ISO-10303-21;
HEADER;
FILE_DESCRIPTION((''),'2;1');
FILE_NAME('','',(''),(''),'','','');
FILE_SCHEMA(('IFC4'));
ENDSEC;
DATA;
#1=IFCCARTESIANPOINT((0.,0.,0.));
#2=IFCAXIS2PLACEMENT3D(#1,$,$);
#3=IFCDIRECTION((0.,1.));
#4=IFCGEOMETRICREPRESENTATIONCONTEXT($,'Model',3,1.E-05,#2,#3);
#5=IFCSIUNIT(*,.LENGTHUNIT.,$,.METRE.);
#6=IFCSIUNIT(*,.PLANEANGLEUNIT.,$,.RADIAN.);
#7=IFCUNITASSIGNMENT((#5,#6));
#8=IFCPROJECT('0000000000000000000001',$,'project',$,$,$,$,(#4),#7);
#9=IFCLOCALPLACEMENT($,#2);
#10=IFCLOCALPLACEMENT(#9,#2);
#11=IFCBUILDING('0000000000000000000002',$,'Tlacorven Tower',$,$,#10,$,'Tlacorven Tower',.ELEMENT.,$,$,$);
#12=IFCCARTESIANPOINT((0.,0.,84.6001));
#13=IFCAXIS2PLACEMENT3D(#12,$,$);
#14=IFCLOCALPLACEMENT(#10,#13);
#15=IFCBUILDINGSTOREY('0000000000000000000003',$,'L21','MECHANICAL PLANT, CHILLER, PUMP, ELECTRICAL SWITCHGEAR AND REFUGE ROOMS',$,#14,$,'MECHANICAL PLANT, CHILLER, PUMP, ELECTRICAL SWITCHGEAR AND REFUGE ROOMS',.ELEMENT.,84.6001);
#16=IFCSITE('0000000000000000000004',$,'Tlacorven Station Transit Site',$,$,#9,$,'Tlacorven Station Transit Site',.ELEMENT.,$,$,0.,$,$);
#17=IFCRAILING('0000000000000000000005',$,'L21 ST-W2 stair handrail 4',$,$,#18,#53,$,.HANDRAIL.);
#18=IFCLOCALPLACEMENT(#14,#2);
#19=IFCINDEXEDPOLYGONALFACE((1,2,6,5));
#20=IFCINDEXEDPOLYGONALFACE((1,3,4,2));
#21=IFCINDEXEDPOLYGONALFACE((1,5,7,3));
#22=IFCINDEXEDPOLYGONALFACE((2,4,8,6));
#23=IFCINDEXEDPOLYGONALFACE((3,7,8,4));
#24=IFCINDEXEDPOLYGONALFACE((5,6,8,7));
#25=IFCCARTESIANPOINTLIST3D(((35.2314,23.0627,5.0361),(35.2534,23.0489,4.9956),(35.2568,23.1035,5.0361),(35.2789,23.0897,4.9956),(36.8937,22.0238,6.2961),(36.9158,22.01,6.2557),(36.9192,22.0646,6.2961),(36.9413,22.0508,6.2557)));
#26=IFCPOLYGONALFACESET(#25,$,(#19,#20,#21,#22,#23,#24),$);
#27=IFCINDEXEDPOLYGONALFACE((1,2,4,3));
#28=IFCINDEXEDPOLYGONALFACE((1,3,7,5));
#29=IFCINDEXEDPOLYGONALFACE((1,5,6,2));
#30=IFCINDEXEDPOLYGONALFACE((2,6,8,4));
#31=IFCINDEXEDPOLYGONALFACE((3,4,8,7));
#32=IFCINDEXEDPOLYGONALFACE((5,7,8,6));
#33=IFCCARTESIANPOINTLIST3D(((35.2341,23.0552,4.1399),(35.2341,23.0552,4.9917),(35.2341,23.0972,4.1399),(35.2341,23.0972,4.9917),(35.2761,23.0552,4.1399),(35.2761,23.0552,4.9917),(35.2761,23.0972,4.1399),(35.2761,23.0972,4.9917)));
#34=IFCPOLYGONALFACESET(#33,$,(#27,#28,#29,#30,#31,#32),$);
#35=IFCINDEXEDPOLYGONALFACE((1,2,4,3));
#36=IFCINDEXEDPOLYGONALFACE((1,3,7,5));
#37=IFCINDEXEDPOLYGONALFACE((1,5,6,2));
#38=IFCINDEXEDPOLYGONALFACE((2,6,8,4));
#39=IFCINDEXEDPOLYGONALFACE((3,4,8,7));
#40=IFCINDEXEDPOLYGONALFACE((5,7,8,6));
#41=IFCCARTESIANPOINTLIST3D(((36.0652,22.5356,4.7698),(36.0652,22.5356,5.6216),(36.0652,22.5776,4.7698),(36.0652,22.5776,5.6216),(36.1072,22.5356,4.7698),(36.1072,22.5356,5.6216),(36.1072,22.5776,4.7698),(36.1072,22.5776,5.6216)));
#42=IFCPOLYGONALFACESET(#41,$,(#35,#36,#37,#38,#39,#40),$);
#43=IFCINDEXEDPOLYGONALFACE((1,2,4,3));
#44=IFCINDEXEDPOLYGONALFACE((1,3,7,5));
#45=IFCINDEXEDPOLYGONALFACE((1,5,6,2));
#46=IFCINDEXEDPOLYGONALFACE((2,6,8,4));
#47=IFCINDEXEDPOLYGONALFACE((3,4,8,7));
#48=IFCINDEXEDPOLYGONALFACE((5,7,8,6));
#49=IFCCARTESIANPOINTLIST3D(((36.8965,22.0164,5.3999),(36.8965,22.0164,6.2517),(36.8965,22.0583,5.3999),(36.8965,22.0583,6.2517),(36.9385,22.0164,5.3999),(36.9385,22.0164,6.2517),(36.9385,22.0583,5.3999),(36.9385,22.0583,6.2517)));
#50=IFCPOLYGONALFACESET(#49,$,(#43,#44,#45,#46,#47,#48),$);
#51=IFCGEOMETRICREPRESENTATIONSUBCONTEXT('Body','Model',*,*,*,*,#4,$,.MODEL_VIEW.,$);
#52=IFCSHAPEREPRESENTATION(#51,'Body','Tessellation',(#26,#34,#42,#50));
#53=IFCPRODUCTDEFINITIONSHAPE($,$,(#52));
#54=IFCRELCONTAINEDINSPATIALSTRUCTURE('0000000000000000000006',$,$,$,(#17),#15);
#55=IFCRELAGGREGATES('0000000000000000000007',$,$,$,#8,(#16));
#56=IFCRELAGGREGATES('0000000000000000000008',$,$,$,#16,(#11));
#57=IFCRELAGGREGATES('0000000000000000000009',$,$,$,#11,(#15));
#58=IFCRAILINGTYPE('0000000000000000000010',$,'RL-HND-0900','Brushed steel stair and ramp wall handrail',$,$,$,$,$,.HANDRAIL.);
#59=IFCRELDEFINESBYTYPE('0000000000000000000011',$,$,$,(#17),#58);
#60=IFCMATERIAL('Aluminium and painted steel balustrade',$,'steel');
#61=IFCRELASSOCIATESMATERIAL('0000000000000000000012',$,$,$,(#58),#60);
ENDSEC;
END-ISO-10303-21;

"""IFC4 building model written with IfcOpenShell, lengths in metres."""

from ifc_helpers import new_model, si_unit, direction, frame, origin, origin_2d, place, context, subcontext, project, spatial, rectangle, extrude, source, transform, mapped, material, type_object, element, save


model = new_model("IFC4")

# Units and contexts
model_context = context("Model", 3, precision=1e-05, world=origin(), true_north=direction((0.0, 1.0)))
body_context = subcontext(model_context, "Body", "Model", "MODEL_VIEW")
ifc_project = project(units=[si_unit("LENGTHUNIT", "METRE"), si_unit("PLANEANGLEUNIT", "RADIAN")], contexts=[model_context])

# Site, building, storey
site_placement = place(None, origin())
site = spatial("IfcSite", under=ifc_project, at=site_placement, Name="Tlacorven Station Transit Site", LongName="Tlacorven Station Transit Site", CompositionType="ELEMENT", RefElevation=0.0)
building_placement = place(site_placement, origin())
building = spatial("IfcBuilding", under=site, at=building_placement, Name="Tlacorven Tower", LongName="Tlacorven Tower", CompositionType="ELEMENT")
storey_placement = place(building_placement, frame((0.0, 0.0, 84.6001)))
storey = spatial("IfcBuildingStorey", under=building, at=storey_placement, Name="L21", Description="MECHANICAL PLANT, CHILLER, PUMP, ELECTRICAL SWITCHGEAR AND REFUGE ROOMS", LongName="MECHANICAL PLANT, CHILLER, PUMP, ELECTRICAL SWITCHGEAR AND REFUGE ROOMS", CompositionType="ELEMENT", Elevation=84.6001)

# Railing
ifc_material_1 = material(Name="Aluminium and painted steel balustrade", Category="steel")
railing_type_1 = type_object("IfcRailingType", Name="RL-HND-0900", Description="Brushed steel stair and ramp wall handrail", PredefinedType="HANDRAIL", material=ifc_material_1)
shared_shape_1 = source(origin(), body_context, "Body", "SweptSolid", [
    extrude(rectangle(XDim=0.0481, YDim=0.0481, at=origin_2d()), frame((0.0, 0.0, 0.876), z_axis=(0.713372, -0.445792, 0.540713), x_axis=(0.529943, 0.848033, 0.0)), (0.0, 0.0, 1.0), 2.3303),
    extrude(rectangle(XDim=0.042, YDim=0.042, at=origin_2d()), origin(), (0.0, 0.0, 1.0), 0.8518),
    extrude(rectangle(XDim=0.042, YDim=0.042, at=origin_2d()), frame((0.8311, -0.5195, 0.6299)), (0.0, 0.0, 1.0), 0.8518),
    extrude(rectangle(XDim=0.042, YDim=0.042, at=origin_2d()), frame((1.6624, -1.0388, 1.26)), (0.0, 0.0, 1.0), 0.8518),
])
railing_1_placement = place(storey_placement, frame((35.2551, 23.0762, 4.1399)))
element("IfcRailing", 1, at=railing_1_placement, inside=storey, type_object=railing_type_1, Name="L21 ST-W2 stair handrail 4", PredefinedType="HANDRAIL", context=body_context, shape_type="MappedRepresentation", body=[
    mapped(shared_shape_1, transform((0.0, 0.0, 0.0), scale=1.0)),
])

save(model, "model.ifc")
